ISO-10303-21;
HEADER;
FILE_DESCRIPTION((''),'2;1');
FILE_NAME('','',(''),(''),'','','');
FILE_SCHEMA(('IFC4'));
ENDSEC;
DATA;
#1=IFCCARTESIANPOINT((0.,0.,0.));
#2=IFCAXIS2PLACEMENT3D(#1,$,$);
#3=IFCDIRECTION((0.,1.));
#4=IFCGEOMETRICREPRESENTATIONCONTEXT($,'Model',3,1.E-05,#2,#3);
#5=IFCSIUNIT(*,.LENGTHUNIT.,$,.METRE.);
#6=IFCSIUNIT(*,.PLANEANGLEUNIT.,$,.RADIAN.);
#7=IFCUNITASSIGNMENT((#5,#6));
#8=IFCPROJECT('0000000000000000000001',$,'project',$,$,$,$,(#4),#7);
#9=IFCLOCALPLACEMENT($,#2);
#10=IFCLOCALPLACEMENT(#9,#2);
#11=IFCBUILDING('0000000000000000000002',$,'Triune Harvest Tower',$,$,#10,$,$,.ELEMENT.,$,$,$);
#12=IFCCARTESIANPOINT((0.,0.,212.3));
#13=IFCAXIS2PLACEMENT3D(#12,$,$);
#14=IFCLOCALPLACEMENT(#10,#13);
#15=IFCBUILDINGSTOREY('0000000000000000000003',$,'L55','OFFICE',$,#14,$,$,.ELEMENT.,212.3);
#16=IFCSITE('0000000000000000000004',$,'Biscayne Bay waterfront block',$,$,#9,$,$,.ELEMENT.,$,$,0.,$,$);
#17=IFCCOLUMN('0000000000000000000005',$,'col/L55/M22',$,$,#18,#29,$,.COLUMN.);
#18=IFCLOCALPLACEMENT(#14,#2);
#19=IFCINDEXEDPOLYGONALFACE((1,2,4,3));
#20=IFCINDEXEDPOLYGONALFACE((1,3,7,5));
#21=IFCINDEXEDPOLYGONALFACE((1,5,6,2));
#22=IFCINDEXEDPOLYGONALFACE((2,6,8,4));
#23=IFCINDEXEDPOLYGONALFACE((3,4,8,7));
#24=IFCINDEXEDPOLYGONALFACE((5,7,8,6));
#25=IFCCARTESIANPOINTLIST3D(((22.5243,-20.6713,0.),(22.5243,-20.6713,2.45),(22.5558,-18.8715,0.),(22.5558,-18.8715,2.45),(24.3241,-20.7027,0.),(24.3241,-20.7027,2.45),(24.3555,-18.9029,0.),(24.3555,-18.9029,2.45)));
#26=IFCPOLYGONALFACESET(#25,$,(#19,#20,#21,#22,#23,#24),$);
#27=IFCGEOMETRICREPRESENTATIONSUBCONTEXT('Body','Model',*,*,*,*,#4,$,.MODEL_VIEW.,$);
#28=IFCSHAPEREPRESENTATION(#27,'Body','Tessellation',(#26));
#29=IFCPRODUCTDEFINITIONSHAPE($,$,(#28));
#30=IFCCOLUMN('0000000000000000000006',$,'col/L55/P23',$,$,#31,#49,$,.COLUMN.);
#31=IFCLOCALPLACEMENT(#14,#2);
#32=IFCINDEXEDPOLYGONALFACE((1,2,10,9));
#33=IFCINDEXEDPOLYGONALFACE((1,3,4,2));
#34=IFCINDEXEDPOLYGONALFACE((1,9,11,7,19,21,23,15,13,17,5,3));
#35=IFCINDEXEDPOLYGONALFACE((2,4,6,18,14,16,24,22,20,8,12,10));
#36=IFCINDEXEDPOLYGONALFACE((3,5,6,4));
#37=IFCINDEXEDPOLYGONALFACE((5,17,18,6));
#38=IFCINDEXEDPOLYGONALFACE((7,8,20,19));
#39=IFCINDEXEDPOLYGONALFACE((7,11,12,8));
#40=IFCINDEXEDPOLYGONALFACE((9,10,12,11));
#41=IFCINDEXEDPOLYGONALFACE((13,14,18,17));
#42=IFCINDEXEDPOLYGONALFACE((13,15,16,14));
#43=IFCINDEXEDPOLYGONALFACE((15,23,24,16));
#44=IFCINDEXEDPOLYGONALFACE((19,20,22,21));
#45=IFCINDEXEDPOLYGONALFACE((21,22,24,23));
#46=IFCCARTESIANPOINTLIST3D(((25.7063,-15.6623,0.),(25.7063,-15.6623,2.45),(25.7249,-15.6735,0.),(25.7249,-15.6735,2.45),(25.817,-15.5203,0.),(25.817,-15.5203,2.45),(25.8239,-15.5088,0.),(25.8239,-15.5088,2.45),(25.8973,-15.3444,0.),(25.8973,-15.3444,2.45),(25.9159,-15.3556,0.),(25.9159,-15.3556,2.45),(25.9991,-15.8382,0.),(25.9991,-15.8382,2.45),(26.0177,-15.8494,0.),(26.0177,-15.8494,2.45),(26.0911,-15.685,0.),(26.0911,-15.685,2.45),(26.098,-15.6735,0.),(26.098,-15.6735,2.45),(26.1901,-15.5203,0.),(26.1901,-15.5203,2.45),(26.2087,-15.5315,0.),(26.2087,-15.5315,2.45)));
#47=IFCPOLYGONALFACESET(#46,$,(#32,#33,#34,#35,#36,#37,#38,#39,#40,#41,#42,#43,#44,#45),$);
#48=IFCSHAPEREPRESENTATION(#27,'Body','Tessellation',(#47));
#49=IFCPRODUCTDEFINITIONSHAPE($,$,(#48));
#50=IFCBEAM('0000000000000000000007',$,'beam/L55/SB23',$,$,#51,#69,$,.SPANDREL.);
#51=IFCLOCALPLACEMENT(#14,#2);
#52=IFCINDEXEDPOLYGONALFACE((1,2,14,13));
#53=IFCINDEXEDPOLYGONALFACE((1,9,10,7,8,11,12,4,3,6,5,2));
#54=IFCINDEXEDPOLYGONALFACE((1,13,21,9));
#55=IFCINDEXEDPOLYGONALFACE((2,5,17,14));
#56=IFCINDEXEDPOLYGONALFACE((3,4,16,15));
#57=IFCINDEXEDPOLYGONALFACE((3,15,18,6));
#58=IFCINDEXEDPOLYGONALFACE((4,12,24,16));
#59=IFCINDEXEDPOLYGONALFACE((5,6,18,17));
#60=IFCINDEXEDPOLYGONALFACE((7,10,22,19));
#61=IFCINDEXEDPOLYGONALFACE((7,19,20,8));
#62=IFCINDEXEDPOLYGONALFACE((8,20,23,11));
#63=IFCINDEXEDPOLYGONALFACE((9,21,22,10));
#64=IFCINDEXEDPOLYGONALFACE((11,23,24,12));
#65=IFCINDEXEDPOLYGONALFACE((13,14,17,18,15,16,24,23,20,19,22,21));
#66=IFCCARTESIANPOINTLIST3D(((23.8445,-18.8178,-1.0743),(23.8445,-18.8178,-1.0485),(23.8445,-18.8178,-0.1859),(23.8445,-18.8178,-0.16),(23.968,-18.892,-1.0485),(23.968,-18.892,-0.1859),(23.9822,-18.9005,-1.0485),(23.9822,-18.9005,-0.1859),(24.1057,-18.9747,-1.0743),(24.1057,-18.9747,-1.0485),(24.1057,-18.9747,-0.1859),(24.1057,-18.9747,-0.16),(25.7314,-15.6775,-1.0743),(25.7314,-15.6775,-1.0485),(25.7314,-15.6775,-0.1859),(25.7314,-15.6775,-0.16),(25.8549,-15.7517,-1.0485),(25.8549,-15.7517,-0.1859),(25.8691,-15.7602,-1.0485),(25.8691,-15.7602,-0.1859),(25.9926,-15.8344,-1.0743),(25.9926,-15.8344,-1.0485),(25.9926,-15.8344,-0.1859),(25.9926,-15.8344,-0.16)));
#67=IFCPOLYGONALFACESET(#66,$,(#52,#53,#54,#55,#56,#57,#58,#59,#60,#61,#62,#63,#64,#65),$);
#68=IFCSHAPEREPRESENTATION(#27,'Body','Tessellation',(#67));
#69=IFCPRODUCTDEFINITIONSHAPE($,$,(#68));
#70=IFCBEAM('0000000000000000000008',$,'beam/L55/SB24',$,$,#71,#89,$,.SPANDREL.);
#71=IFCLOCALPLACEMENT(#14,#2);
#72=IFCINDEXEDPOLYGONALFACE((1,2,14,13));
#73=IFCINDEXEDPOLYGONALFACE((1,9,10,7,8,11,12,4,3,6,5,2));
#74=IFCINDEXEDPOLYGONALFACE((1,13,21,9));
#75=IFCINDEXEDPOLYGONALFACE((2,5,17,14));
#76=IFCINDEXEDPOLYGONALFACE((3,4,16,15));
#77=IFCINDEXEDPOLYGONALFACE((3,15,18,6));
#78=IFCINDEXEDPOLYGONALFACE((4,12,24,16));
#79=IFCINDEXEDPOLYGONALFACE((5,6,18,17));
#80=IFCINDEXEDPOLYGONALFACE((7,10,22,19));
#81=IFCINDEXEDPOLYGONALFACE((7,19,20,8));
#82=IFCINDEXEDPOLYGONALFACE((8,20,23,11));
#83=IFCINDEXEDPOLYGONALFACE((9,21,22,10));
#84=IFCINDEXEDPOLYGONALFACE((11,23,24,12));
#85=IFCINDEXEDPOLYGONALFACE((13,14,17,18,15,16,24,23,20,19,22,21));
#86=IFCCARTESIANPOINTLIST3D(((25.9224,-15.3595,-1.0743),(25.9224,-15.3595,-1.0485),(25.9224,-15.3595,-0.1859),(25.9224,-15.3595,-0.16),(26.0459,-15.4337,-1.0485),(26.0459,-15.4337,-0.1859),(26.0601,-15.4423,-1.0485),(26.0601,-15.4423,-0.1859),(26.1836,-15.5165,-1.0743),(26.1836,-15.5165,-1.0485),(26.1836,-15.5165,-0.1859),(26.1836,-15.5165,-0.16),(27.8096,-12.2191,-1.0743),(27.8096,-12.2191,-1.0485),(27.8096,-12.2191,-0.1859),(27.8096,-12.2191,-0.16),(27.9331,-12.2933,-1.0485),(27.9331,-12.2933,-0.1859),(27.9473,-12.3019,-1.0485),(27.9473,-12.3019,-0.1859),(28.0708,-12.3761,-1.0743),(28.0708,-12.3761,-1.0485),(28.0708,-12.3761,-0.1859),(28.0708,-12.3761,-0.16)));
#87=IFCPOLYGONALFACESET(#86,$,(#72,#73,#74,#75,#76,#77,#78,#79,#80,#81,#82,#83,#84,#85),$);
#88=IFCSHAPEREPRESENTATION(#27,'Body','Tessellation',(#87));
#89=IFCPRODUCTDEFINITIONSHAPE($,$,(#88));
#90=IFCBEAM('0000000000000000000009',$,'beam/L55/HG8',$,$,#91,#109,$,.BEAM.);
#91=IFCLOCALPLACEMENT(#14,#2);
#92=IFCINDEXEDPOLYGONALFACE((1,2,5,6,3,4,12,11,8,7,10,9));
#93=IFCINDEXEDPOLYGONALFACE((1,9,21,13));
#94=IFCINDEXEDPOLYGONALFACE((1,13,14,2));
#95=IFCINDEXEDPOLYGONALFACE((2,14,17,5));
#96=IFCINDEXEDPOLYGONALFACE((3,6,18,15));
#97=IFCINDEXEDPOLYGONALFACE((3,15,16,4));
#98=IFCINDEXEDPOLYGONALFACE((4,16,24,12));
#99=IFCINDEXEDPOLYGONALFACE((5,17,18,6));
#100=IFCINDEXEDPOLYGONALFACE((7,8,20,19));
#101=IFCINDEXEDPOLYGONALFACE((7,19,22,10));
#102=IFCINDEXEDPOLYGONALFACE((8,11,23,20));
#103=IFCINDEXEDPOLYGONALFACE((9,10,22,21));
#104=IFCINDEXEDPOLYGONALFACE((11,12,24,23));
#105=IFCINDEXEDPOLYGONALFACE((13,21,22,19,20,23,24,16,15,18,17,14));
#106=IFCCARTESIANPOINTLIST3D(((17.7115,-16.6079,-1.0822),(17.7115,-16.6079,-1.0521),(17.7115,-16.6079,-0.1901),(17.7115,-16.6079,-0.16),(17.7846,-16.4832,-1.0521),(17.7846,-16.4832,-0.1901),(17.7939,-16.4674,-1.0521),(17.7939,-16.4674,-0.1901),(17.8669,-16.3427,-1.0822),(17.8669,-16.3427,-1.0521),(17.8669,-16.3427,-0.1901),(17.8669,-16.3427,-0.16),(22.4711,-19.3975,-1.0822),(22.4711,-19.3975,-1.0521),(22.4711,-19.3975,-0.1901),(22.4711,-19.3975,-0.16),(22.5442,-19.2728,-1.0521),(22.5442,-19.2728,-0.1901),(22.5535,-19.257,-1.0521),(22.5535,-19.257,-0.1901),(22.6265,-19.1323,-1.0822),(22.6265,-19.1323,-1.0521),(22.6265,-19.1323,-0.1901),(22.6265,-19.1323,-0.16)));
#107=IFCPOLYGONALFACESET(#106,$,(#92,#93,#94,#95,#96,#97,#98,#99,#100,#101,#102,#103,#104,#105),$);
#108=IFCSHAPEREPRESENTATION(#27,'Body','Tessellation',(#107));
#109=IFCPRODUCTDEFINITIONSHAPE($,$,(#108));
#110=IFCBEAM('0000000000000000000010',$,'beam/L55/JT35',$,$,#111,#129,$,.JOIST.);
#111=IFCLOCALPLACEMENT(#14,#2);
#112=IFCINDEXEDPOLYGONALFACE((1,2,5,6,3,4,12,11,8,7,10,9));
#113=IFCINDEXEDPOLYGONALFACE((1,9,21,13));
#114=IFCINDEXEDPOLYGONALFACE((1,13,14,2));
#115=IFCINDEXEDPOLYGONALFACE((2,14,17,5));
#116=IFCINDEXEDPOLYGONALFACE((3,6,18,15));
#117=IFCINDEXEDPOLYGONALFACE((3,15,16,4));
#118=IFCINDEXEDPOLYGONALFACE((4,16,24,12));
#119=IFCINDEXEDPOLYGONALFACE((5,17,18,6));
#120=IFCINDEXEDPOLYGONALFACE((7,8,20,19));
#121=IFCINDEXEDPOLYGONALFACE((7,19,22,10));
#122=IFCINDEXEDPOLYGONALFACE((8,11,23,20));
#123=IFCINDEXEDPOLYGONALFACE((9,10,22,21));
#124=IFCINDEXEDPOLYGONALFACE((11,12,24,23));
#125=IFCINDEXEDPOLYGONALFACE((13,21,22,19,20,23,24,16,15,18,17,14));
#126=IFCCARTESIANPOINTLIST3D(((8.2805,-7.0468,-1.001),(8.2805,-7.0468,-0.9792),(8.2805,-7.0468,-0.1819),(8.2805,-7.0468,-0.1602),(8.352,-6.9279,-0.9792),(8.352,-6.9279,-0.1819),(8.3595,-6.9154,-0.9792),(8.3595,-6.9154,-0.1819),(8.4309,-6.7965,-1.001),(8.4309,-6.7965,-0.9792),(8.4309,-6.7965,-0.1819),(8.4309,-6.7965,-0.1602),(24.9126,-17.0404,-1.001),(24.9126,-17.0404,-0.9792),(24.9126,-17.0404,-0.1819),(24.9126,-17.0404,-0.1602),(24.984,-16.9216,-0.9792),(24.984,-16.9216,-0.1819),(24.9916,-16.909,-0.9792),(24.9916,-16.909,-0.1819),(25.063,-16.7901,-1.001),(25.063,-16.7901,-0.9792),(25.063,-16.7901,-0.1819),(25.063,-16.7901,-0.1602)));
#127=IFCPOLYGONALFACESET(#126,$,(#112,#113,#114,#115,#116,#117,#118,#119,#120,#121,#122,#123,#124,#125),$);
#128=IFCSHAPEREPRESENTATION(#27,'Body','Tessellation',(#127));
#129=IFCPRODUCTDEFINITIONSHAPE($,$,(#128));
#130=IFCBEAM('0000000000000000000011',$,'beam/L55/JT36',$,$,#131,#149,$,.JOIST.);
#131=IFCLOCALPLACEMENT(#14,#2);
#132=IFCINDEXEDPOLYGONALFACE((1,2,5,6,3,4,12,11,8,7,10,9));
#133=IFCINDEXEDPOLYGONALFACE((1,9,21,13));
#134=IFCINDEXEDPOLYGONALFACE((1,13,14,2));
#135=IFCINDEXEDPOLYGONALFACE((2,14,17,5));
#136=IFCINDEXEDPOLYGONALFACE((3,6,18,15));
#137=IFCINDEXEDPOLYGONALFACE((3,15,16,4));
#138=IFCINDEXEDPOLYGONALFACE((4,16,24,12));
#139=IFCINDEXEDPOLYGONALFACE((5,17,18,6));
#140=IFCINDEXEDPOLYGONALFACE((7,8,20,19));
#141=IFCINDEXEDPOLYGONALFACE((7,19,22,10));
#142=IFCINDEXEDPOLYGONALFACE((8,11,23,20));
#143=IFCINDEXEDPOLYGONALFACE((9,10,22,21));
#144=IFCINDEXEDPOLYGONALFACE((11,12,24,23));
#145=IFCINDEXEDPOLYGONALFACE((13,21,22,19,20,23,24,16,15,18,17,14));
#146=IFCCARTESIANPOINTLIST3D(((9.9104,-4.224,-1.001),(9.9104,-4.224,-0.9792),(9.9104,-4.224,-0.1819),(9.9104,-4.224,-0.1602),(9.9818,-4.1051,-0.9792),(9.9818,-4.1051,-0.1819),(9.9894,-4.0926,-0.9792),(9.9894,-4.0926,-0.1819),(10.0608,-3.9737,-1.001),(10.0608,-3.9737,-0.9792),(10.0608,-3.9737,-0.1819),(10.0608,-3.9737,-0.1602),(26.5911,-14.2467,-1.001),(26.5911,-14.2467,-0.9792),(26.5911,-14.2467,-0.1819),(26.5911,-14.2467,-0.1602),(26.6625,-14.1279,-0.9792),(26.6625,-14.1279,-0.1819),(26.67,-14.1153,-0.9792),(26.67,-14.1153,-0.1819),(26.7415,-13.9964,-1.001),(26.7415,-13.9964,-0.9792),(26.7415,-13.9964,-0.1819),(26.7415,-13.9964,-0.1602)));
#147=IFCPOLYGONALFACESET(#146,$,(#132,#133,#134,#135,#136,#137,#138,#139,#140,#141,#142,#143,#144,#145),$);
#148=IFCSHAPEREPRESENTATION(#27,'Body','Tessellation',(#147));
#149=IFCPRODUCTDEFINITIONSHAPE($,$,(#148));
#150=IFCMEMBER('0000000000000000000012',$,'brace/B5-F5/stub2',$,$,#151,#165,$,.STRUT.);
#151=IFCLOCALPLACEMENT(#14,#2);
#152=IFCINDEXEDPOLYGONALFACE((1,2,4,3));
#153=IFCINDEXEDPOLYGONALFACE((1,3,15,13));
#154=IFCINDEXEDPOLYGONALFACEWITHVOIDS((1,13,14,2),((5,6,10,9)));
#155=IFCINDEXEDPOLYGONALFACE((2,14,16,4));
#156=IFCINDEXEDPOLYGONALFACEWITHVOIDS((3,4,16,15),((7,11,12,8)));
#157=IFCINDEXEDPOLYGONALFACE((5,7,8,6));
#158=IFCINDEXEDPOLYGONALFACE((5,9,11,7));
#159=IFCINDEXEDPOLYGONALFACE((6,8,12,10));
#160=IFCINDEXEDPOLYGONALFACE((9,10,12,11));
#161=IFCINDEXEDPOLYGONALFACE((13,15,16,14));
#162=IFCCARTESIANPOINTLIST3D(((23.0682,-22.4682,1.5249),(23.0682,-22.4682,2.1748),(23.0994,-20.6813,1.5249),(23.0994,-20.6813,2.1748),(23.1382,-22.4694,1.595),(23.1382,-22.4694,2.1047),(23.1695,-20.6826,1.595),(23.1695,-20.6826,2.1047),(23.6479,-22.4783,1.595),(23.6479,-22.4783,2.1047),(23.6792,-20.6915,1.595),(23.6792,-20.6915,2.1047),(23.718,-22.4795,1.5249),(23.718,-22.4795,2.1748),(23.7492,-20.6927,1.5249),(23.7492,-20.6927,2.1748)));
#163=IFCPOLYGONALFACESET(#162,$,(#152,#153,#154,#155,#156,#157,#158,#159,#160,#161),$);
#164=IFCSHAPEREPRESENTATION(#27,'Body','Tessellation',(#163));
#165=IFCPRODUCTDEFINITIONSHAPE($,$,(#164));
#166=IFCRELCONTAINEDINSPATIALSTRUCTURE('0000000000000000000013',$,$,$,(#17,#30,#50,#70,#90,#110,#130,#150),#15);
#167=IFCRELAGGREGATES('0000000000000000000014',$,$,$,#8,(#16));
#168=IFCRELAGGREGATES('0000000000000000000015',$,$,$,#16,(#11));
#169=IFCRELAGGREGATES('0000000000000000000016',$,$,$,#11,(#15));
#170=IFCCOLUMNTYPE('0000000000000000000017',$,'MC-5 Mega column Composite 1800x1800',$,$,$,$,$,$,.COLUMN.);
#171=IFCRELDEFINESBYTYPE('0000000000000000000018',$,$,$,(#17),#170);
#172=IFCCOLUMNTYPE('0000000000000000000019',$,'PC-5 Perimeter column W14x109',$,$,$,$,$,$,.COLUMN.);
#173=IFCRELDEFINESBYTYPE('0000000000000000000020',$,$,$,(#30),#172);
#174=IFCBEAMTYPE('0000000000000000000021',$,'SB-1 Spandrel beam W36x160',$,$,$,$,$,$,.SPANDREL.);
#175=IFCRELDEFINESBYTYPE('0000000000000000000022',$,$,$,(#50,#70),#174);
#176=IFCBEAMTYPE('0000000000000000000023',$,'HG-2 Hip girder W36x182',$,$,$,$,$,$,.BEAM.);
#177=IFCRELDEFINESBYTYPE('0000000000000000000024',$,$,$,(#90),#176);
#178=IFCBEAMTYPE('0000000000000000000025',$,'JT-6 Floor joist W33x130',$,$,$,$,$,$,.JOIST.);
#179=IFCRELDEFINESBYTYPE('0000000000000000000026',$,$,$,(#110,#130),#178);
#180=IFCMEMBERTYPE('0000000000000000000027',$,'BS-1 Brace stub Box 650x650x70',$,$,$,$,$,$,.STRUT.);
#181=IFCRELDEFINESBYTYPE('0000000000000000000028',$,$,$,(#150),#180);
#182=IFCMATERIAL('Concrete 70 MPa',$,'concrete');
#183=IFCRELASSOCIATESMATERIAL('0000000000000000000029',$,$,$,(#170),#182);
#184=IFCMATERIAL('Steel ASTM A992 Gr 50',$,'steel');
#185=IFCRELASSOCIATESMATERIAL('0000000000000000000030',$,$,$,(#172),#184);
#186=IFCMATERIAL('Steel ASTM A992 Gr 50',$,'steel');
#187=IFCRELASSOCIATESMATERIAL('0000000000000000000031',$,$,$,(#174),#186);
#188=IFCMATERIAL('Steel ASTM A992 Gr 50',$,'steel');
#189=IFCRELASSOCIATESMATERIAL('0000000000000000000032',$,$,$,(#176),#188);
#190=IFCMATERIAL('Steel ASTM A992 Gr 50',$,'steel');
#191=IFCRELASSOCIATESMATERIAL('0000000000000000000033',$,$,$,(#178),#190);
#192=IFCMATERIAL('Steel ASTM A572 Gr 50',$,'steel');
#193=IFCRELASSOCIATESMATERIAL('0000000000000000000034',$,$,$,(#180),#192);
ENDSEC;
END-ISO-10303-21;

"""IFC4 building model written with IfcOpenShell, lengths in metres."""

from ifc_helpers import new_model, si_unit, direction, frame, origin, origin_2d, place, context, subcontext, project, spatial, rectangle, hollow_rectangle, i_section, extrude, source, transform, mapped, material, material_profile, profile_set, type_object, element, save


model = new_model("IFC4")

# Units and contexts
model_context = context("Model", 3, precision=1e-05, world=origin(), true_north=direction((0.0, 1.0)))
body_context = subcontext(model_context, "Body", "Model", "MODEL_VIEW")
ifc_project = project(units=[si_unit("LENGTHUNIT", "METRE"), si_unit("PLANEANGLEUNIT", "RADIAN")], contexts=[model_context])

# Site, building, storey
site_placement = place(None, origin())
site = spatial("IfcSite", under=ifc_project, at=site_placement, Name="Biscayne Bay waterfront block", CompositionType="ELEMENT", RefElevation=0.0)
building_placement = place(site_placement, origin())
building = spatial("IfcBuilding", under=site, at=building_placement, Name="Triune Harvest Tower", CompositionType="ELEMENT")
storey_placement = place(building_placement, frame((0.0, 0.0, 212.3)))
storey = spatial("IfcBuildingStorey", under=building, at=storey_placement, Name="L55", Description="OFFICE", CompositionType="ELEMENT", Elevation=212.3)

# Columns
ifc_material_1 = material(Name="Concrete 70 MPa", Category="concrete")
ifc_material_profile_1 = material_profile(ifc_material_1, rectangle(XDim=1.8, YDim=1.8, at=origin_2d()), Name="Composite 1800x1800")
ifc_profile_set_1 = profile_set([ifc_material_profile_1], Name="Concrete 70 MPa")
column_type_1 = type_object("IfcColumnType", Name="MC-5 Mega column Composite 1800x1800", PredefinedType="COLUMN", material=ifc_profile_set_1)
shared_shape_1 = source(origin(), body_context, "Body", "SweptSolid", [
    extrude(rectangle(XDim=1.8, YDim=1.8, at=origin_2d()), origin(), (0.0, 0.0, 1.0), 2.45),
])
column_1_placement = place(storey_placement, frame((23.4399, -19.7871, 0.0), z_axis=(0.0, 0.0, 1.0), x_axis=(0.999848, -0.017452, 0.0)))
element("IfcColumn", 1, at=column_1_placement, inside=storey, type_object=column_type_1, Name="col/L55/M22", PredefinedType="COLUMN", context=body_context, shape_type="MappedRepresentation", body=[
    mapped(shared_shape_1, transform((0.0, 0.0, 0.0), scale=1.0)),
])
ifc_material_2 = material(Name="Steel ASTM A992 Gr 50", Category="steel")
ifc_material_profile_2 = material_profile(ifc_material_2, i_section(OverallWidth=0.3708, OverallDepth=0.3633, WebThickness=0.0134, FlangeThickness=0.0217, at=origin_2d()), Name="W14x109")
ifc_profile_set_2 = profile_set([ifc_material_profile_2], Name="Steel ASTM A992 Gr 50")
column_type_2 = type_object("IfcColumnType", Name="PC-5 Perimeter column W14x109", PredefinedType="COLUMN", material=ifc_profile_set_2)
shared_shape_2 = source(origin(), body_context, "Body", "SweptSolid", [
    extrude(i_section(OverallWidth=0.3708, OverallDepth=0.3633, WebThickness=0.0134, FlangeThickness=0.0217, at=origin_2d()), origin(), (0.0, 0.0, 1.0), 2.45),
])
column_2_placement = place(storey_placement, frame((25.9575, -15.5969, 0.0), z_axis=(0.0, 0.0, 1.0), x_axis=(0.51504, 0.857166, 0.0)))
element("IfcColumn", 2, at=column_2_placement, inside=storey, type_object=column_type_2, Name="col/L55/P23", PredefinedType="COLUMN", context=body_context, shape_type="MappedRepresentation", body=[
    mapped(shared_shape_2, transform((0.0, 0.0, 0.0), scale=1.0)),
])

# Beams
ifc_material_3 = material(Name="Steel ASTM A992 Gr 50", Category="steel")
ifc_material_profile_3 = material_profile(ifc_material_3, i_section(OverallWidth=0.3047, OverallDepth=0.9143, WebThickness=0.0166, FlangeThickness=0.0259, at=origin_2d()), Name="W36x160")
ifc_profile_set_3 = profile_set([ifc_material_profile_3], Name="Steel ASTM A992 Gr 50")
beam_type_1 = type_object("IfcBeamType", Name="SB-1 Spandrel beam W36x160", PredefinedType="SPANDREL", material=ifc_profile_set_3)
shared_shape_3 = source(origin(), body_context, "Body", "SweptSolid", [
    extrude(i_section(OverallWidth=0.3047, OverallDepth=0.9143, WebThickness=0.0166, FlangeThickness=0.0259, at=origin_2d()), origin(), (0.0, 0.0, 1.0), 3.6636),
])
beam_1_placement = place(storey_placement, frame((23.9751, -18.8962, -0.6172), z_axis=(0.515044, 0.857163, 0.0), x_axis=(-0.857163, 0.515044, 0.0)))
element("IfcBeam", 3, at=beam_1_placement, inside=storey, type_object=beam_type_1, Name="beam/L55/SB23", PredefinedType="SPANDREL", context=body_context, shape_type="MappedRepresentation", body=[
    mapped(shared_shape_3, transform((0.0, 0.0, 0.0), scale=1.0)),
])
shared_shape_4 = source(origin(), body_context, "Body", "SweptSolid", [
    extrude(i_section(OverallWidth=0.3047, OverallDepth=0.9143, WebThickness=0.0166, FlangeThickness=0.0259, at=origin_2d()), origin(), (0.0, 0.0, 1.0), 3.6638),
])
beam_2_placement = place(storey_placement, frame((26.053, -15.438, -0.6172), z_axis=(0.515093, 0.857134, 0.0), x_axis=(-0.857134, 0.515093, 0.0)))
element("IfcBeam", 4, at=beam_2_placement, inside=storey, type_object=beam_type_1, Name="beam/L55/SB24", PredefinedType="SPANDREL", context=body_context, shape_type="MappedRepresentation", body=[
    mapped(shared_shape_4, transform((0.0, 0.0, 0.0), scale=1.0)),
])
ifc_material_4 = material(Name="Steel ASTM A992 Gr 50", Category="steel")
ifc_material_profile_4 = material_profile(ifc_material_4, i_section(OverallWidth=0.3074, OverallDepth=0.9221, WebThickness=0.0183, FlangeThickness=0.03, at=origin_2d()), Name="W36x182")
ifc_profile_set_4 = profile_set([ifc_material_profile_4], Name="Steel ASTM A992 Gr 50")
beam_type_2 = type_object("IfcBeamType", Name="HG-2 Hip girder W36x182", PredefinedType="BEAM", material=ifc_profile_set_4)
shared_shape_5 = source(origin(), body_context, "Body", "SweptSolid", [
    extrude(i_section(OverallWidth=0.3074, OverallDepth=0.9221, WebThickness=0.0183, FlangeThickness=0.03, at=origin_2d()), origin(), (0.0, 0.0, 1.0), 5.5168),
])
beam_3_placement = place(storey_placement, frame((22.5488, -19.2649, -0.6211), z_axis=(-0.862739, 0.50565, 0.0), x_axis=(-0.50565, -0.862739, 0.0)))
element("IfcBeam", 5, at=beam_3_placement, inside=storey, type_object=beam_type_2, Name="beam/L55/HG8", PredefinedType="BEAM", context=body_context, shape_type="MappedRepresentation", body=[
    mapped(shared_shape_5, transform((0.0, 0.0, 0.0), scale=1.0)),
])
ifc_material_5 = material(Name="Steel ASTM A992 Gr 50", Category="steel")
ifc_material_profile_5 = material_profile(ifc_material_5, i_section(OverallWidth=0.292, OverallDepth=0.8408, WebThickness=0.0146, FlangeThickness=0.0217, at=origin_2d()), Name="W33x130")
ifc_profile_set_5 = profile_set([ifc_material_profile_5], Name="Steel ASTM A992 Gr 50")
beam_type_3 = type_object("IfcBeamType", Name="JT-6 Floor joist W33x130", PredefinedType="JOIST", material=ifc_profile_set_5)
shared_shape_6 = source(origin(), body_context, "Body", "SweptSolid", [
    extrude(i_section(OverallWidth=0.292, OverallDepth=0.8408, WebThickness=0.0146, FlangeThickness=0.0217, at=origin_2d()), origin(), (0.0, 0.0, 1.0), 19.4036),
])
beam_4_placement = place(storey_placement, frame((24.9878, -16.9153, -0.5806), z_axis=(-0.857165, 0.515041, 0.0), x_axis=(-0.515041, -0.857165, 0.0)))
element("IfcBeam", 6, at=beam_4_placement, inside=storey, type_object=beam_type_3, Name="beam/L55/JT35", PredefinedType="JOIST", context=body_context, shape_type="MappedRepresentation", body=[
    mapped(shared_shape_6, transform((0.0, 0.0, 0.0), scale=1.0)),
])
shared_shape_7 = source(origin(), body_context, "Body", "SweptSolid", [
    extrude(i_section(OverallWidth=0.292, OverallDepth=0.8408, WebThickness=0.0146, FlangeThickness=0.0217, at=origin_2d()), origin(), (0.0, 0.0, 1.0), 19.4602),
])
beam_5_placement = place(storey_placement, frame((26.6663, -14.1216, -0.5806), z_axis=(-0.857168, 0.515036, 0.0), x_axis=(-0.515036, -0.857168, 0.0)))
element("IfcBeam", 7, at=beam_5_placement, inside=storey, type_object=beam_type_3, Name="beam/L55/JT36", PredefinedType="JOIST", context=body_context, shape_type="MappedRepresentation", body=[
    mapped(shared_shape_7, transform((0.0, 0.0, 0.0), scale=1.0)),
])

# Member
ifc_material_6 = material(Name="Steel ASTM A572 Gr 50", Category="steel")
ifc_material_profile_6 = material_profile(ifc_material_6, hollow_rectangle(XDim=0.6499, YDim=0.6499, WallThickness=0.0701, at=origin_2d()), Name="Box 650x650x70")
ifc_profile_set_6 = profile_set([ifc_material_profile_6], Name="Steel ASTM A572 Gr 50")
member_type_1 = type_object("IfcMemberType", Name="BS-1 Brace stub Box 650x650x70", PredefinedType="STRUT", material=ifc_profile_set_6)
shared_shape_8 = source(origin(), body_context, "Body", "SweptSolid", [
    extrude(hollow_rectangle(XDim=0.6499, YDim=0.6499, WallThickness=0.0701, at=origin_2d()), origin(), (0.0, 0.0, 1.0), 1.7871),
])
member_1_placement = place(storey_placement, frame((23.4243, -20.687, 1.8499), z_axis=(-0.017486, -0.999847, 0.0), x_axis=(0.999847, -0.017486, 0.0)))
element("IfcMember", 8, at=member_1_placement, inside=storey, type_object=member_type_1, Name="brace/B5-F5/stub2", PredefinedType="STRUT", context=body_context, shape_type="MappedRepresentation", body=[
    mapped(shared_shape_8, transform((0.0, 0.0, 0.0), scale=1.0)),
])

save(model, "model.ifc")
